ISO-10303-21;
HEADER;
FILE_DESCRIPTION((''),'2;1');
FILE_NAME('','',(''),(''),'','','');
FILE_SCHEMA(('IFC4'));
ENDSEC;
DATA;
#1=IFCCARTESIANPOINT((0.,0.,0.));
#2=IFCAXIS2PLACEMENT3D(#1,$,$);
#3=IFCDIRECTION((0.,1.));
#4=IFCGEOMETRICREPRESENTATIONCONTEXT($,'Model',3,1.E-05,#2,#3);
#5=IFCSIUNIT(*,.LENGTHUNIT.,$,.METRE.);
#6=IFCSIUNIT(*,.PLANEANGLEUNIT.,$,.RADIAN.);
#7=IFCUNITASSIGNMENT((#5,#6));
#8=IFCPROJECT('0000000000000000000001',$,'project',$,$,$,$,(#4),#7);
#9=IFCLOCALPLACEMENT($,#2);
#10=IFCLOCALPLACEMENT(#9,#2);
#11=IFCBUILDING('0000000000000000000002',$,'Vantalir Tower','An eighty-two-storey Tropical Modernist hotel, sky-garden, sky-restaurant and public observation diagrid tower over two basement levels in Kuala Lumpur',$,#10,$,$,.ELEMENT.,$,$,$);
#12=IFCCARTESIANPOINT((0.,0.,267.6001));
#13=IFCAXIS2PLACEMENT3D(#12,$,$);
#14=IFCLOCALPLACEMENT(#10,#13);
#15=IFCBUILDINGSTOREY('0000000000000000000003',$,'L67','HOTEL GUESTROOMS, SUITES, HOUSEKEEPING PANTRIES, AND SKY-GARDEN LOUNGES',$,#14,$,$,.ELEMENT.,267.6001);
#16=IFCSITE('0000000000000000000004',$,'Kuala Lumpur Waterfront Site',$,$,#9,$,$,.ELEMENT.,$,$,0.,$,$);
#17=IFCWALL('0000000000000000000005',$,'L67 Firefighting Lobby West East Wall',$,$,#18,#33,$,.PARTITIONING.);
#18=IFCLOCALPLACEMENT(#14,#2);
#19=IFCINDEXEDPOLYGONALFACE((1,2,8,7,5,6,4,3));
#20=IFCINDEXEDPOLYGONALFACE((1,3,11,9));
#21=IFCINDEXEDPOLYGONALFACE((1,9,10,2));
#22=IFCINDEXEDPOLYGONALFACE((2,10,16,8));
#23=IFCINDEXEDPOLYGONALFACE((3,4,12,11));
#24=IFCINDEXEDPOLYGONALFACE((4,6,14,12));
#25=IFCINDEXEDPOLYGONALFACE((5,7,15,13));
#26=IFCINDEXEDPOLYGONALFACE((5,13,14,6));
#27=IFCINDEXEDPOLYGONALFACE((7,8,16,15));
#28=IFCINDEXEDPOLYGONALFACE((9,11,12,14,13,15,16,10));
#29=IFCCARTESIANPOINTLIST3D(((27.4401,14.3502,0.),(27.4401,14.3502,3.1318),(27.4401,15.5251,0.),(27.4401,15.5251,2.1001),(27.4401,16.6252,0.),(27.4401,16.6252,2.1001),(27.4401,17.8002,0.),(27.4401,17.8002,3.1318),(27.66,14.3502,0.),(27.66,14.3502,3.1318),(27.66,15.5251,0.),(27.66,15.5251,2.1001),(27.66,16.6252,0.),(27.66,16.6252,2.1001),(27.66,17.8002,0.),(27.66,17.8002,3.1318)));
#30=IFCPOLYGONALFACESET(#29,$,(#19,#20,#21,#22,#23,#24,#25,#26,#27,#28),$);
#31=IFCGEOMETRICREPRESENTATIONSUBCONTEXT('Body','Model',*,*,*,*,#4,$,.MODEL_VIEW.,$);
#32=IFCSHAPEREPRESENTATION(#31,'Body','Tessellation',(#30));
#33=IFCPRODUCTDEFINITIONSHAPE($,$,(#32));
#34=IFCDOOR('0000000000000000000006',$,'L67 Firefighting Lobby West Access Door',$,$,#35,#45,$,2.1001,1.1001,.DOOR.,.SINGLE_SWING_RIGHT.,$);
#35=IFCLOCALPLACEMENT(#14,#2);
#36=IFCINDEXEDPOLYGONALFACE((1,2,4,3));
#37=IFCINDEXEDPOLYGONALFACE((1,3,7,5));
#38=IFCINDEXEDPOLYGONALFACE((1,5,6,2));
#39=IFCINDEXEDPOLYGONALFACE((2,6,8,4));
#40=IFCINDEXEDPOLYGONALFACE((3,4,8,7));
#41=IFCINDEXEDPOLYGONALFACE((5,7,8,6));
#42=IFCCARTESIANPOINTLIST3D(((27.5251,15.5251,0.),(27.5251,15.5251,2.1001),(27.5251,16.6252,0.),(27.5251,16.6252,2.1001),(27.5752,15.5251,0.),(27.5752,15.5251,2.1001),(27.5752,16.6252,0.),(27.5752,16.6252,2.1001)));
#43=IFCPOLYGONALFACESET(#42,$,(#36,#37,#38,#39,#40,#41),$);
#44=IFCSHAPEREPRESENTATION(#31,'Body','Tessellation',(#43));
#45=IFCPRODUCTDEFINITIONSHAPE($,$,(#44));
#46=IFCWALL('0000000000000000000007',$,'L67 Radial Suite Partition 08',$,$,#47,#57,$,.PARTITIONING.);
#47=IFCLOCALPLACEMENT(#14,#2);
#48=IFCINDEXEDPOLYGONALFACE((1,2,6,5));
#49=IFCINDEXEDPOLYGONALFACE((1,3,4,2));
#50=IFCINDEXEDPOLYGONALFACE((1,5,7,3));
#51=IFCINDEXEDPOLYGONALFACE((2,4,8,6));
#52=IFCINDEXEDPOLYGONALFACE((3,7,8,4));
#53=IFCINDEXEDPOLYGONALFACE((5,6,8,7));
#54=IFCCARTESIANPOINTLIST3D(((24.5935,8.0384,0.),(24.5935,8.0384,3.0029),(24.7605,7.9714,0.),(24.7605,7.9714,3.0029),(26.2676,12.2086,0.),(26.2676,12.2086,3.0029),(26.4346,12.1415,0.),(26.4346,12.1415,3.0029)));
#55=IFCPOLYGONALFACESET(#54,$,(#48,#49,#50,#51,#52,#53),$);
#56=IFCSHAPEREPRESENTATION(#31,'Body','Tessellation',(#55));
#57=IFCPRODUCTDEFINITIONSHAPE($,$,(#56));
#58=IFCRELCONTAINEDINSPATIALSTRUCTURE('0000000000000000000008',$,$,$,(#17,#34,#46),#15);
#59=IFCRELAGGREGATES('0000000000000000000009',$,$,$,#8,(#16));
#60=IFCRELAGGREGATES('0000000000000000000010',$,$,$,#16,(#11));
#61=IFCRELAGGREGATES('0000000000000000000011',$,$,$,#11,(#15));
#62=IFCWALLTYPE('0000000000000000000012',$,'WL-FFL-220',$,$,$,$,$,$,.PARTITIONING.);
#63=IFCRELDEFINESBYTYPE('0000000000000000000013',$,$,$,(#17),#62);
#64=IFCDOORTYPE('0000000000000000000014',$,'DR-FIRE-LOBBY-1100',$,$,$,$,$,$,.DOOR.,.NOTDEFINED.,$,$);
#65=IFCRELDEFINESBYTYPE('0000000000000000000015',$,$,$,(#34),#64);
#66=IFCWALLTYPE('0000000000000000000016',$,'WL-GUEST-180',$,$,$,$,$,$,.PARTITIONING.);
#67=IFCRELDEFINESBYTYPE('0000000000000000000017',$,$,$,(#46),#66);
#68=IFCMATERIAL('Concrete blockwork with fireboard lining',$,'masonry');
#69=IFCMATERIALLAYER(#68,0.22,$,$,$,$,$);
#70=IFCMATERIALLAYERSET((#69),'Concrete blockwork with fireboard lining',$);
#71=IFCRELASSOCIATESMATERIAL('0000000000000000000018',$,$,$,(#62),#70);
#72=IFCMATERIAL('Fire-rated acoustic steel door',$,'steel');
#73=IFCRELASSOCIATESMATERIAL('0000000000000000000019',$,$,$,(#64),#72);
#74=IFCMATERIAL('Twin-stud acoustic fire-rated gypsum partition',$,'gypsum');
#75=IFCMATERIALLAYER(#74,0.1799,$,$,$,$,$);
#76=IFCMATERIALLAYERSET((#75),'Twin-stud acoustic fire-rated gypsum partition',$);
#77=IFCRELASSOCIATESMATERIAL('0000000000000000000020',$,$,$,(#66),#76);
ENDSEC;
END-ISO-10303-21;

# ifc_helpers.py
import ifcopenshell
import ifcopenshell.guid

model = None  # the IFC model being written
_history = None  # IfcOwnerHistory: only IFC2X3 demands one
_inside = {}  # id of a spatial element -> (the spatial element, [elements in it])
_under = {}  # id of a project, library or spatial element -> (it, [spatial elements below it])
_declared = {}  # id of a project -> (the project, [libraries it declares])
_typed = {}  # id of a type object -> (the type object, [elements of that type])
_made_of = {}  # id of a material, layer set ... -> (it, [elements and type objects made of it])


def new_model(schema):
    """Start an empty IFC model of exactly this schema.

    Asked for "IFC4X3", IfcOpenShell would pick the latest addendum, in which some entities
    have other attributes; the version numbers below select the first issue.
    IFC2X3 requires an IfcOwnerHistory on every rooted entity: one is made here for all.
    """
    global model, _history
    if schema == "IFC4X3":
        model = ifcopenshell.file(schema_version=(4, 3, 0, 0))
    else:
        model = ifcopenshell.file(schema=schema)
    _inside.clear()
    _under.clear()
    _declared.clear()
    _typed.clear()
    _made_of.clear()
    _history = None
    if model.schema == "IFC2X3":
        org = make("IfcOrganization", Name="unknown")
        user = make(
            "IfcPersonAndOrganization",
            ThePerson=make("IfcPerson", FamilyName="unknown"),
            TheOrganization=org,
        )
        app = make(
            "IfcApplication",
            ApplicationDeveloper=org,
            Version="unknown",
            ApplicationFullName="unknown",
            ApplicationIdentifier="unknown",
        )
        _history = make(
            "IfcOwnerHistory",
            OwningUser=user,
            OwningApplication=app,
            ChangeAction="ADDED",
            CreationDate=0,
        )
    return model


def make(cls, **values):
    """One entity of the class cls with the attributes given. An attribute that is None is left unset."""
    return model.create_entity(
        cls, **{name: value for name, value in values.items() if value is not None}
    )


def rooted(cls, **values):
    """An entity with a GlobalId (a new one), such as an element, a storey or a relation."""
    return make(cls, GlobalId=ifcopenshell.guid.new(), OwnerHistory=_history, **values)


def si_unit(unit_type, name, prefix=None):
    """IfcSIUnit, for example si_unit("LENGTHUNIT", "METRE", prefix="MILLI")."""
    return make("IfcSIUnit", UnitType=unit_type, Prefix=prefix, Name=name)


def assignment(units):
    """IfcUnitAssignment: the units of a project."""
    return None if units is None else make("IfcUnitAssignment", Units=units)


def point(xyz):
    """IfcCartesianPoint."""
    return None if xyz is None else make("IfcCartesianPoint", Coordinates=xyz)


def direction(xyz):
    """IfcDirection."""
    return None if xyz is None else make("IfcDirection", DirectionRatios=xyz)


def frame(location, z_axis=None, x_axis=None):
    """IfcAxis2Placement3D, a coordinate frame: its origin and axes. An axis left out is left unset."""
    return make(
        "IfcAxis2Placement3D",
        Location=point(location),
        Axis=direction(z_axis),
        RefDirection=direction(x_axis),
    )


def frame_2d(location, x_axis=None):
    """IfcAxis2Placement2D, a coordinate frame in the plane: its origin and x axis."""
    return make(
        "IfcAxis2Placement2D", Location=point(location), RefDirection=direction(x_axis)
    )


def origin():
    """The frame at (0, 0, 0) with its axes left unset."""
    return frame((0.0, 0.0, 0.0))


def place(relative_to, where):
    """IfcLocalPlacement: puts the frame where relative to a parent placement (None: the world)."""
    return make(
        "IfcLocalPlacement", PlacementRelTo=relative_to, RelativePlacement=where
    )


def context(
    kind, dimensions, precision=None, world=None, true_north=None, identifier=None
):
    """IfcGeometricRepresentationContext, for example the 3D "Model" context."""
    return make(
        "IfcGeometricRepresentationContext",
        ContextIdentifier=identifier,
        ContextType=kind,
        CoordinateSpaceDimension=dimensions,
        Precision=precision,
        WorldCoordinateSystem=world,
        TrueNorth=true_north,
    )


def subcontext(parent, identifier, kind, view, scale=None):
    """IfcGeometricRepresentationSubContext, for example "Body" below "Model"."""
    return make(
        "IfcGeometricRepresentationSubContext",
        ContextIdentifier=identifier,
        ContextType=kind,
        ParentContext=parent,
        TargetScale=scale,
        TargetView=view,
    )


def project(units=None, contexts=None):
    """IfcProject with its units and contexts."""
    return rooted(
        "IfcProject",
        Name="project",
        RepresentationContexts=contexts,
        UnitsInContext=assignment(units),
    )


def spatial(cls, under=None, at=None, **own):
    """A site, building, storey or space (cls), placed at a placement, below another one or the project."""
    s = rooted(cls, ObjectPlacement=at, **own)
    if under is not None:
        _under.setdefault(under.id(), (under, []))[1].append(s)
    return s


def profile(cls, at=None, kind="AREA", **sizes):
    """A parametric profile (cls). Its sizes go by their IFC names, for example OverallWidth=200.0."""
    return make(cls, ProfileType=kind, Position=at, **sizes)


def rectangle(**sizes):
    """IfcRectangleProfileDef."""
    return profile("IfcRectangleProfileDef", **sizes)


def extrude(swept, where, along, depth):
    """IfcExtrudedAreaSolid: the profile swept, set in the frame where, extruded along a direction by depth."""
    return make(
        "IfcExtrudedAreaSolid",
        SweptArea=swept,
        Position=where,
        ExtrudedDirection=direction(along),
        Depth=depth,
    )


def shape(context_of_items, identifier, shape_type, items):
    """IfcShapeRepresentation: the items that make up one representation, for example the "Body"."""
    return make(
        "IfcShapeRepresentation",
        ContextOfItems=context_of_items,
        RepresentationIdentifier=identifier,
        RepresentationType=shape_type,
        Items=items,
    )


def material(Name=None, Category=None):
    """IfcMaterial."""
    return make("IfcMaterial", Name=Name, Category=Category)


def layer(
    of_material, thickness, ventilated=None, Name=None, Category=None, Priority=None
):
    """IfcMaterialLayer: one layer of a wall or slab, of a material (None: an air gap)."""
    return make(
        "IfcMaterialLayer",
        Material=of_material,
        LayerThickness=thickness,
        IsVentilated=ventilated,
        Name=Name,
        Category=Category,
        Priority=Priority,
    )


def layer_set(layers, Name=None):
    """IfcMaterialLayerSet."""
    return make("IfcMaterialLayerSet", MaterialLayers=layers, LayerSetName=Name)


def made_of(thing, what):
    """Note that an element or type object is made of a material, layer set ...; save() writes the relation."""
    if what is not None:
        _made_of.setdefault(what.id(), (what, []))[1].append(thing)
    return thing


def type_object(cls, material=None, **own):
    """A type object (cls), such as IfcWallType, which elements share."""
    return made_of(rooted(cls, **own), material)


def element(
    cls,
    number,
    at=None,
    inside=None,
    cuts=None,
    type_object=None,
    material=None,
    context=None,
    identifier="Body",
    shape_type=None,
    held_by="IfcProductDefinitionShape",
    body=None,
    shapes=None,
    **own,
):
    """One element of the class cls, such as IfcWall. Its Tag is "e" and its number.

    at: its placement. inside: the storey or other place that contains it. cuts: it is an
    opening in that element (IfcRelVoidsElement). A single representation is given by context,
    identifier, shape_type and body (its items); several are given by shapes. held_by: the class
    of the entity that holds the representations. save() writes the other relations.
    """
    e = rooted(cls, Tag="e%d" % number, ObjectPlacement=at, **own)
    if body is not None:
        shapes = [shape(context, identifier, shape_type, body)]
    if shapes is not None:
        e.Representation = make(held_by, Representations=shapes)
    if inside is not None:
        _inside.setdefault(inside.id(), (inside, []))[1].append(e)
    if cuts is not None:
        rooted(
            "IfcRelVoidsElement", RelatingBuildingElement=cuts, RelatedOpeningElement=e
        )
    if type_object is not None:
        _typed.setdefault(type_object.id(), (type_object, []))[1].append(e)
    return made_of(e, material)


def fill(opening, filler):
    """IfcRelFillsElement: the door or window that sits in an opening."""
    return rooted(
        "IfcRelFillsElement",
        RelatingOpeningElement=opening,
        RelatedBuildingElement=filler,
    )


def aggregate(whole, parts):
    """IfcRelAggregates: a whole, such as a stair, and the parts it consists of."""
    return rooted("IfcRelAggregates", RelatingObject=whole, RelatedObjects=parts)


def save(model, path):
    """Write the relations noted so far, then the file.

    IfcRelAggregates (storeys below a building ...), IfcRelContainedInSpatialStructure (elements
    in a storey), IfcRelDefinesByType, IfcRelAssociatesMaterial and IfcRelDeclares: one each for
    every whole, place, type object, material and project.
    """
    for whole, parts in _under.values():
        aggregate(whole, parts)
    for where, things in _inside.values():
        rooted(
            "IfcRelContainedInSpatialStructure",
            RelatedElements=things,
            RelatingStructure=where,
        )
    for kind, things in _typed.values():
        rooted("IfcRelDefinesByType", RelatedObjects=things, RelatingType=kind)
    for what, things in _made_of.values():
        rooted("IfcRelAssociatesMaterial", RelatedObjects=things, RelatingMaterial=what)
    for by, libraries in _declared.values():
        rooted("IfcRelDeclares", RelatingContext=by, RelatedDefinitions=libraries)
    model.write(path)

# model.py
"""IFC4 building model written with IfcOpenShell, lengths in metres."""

from ifc_helpers import new_model, si_unit, direction, frame, frame_2d, origin, place, context, subcontext, project, spatial, rectangle, extrude, material, layer, layer_set, type_object, element, fill, save


model = new_model("IFC4")

# Units and contexts
model_context = context("Model", 3, precision=1e-05, world=origin(), true_north=direction((0.0, 1.0)))
body_context = subcontext(model_context, "Body", "Model", "MODEL_VIEW")
ifc_project = project(units=[si_unit("LENGTHUNIT", "METRE"), si_unit("PLANEANGLEUNIT", "RADIAN")], contexts=[model_context])

# Site, building, storey
site_placement = place(None, origin())
site = spatial("IfcSite", under=ifc_project, at=site_placement, Name="Kuala Lumpur Waterfront Site", CompositionType="ELEMENT", RefElevation=0.0)
building_placement = place(site_placement, origin())
building = spatial("IfcBuilding", under=site, at=building_placement, Name="Vantalir Tower", Description="An eighty-two-storey Tropical Modernist hotel, sky-garden, sky-restaurant and public observation diagrid tower over two basement levels in Kuala Lumpur", CompositionType="ELEMENT")
storey_placement = place(building_placement, frame((0.0, 0.0, 267.6001)))
storey = spatial("IfcBuildingStorey", under=building, at=storey_placement, Name="L67", Description="HOTEL GUESTROOMS, SUITES, HOUSEKEEPING PANTRIES, AND SKY-GARDEN LOUNGES", CompositionType="ELEMENT", Elevation=267.6001)

# Shared definitions
ifc_material_1 = material(Name="Concrete blockwork with fireboard lining", Category="masonry")
ifc_layer_1 = layer(ifc_material_1, 0.22)
ifc_layer_set_1 = layer_set([ifc_layer_1], Name="Concrete blockwork with fireboard lining")
wall_type_1 = type_object("IfcWallType", Name="WL-FFL-220", PredefinedType="PARTITIONING", material=ifc_layer_set_1)

# Wall, opening, door
wall_1_placement = place(storey_placement, frame((27.55, 14.3501, 0.0), z_axis=(0.0, 0.0, 1.0), x_axis=(0.0, 1.0, 0.0)))
wall_1 = element("IfcWall", 1, at=wall_1_placement, inside=storey, type_object=wall_type_1, Name="L67 Firefighting Lobby West East Wall", PredefinedType="PARTITIONING", context=body_context, shape_type="SweptSolid", body=[
    extrude(rectangle(XDim=3.45, YDim=0.22, at=frame_2d((1.7251, 0.0))), origin(), (0.0, 0.0, 1.0), 3.1318),
])
opening_placement = place(wall_1_placement, frame((1.175, 0.0, 0.0)))
opening = element("IfcOpeningElement", 2, at=opening_placement, cuts=wall_1, PredefinedType="OPENING", context=body_context, shape_type="SweptSolid", body=[
    extrude(rectangle(XDim=1.1001, YDim=2.1001, at=frame_2d((0.55, 1.05))), frame((0.0, 0.1199, 0.0), z_axis=(0.0, -1.0, 0.0), x_axis=(1.0, 0.0, 0.0)), (0.0, 0.0, 1.0), 0.24),
])
ifc_material_2 = material(Name="Fire-rated acoustic steel door", Category="steel")
door_type = type_object("IfcDoorType", Name="DR-FIRE-LOBBY-1100", OperationType="NOTDEFINED", PredefinedType="DOOR", material=ifc_material_2)
door_placement = place(opening_placement, origin())
door = element("IfcDoor", 3, at=door_placement, inside=storey, type_object=door_type, Name="L67 Firefighting Lobby West Access Door", OperationType="SINGLE_SWING_RIGHT", OverallHeight=2.1001, OverallWidth=1.1001, PredefinedType="DOOR", context=body_context, shape_type="SweptSolid", body=[
    extrude(rectangle(XDim=1.1001, YDim=2.1001, at=frame_2d((0.55, 1.05))), frame((0.0, 0.0249, 0.0), z_axis=(0.0, -1.0, 0.0), x_axis=(1.0, 0.0, 0.0)), (0.0, 0.0, 1.0), 0.05),
])
fill(opening, door)

# Wall
ifc_material_3 = material(Name="Twin-stud acoustic fire-rated gypsum partition", Category="gypsum")
ifc_layer_2 = layer(ifc_material_3, 0.1799)
ifc_layer_set_2 = layer_set([ifc_layer_2], Name="Twin-stud acoustic fire-rated gypsum partition")
wall_type_2 = type_object("IfcWallType", Name="WL-GUEST-180", PredefinedType="PARTITIONING", material=ifc_layer_set_2)
wall_2_placement = place(storey_placement, frame((26.3511, 12.175, 0.0), z_axis=(0.0, 0.0, 1.0), x_axis=(-0.372543, -0.928015, 0.0)))
element("IfcWall", 4, at=wall_2_placement, inside=storey, type_object=wall_type_2, Name="L67 Radial Suite Partition 08", PredefinedType="PARTITIONING", context=body_context, shape_type="SweptSolid", body=[
    extrude(rectangle(XDim=4.4937, YDim=0.1799, at=frame_2d((2.2468, 0.0))), origin(), (0.0, 0.0, 1.0), 3.0029),
])

save(model, "model.ifc")
